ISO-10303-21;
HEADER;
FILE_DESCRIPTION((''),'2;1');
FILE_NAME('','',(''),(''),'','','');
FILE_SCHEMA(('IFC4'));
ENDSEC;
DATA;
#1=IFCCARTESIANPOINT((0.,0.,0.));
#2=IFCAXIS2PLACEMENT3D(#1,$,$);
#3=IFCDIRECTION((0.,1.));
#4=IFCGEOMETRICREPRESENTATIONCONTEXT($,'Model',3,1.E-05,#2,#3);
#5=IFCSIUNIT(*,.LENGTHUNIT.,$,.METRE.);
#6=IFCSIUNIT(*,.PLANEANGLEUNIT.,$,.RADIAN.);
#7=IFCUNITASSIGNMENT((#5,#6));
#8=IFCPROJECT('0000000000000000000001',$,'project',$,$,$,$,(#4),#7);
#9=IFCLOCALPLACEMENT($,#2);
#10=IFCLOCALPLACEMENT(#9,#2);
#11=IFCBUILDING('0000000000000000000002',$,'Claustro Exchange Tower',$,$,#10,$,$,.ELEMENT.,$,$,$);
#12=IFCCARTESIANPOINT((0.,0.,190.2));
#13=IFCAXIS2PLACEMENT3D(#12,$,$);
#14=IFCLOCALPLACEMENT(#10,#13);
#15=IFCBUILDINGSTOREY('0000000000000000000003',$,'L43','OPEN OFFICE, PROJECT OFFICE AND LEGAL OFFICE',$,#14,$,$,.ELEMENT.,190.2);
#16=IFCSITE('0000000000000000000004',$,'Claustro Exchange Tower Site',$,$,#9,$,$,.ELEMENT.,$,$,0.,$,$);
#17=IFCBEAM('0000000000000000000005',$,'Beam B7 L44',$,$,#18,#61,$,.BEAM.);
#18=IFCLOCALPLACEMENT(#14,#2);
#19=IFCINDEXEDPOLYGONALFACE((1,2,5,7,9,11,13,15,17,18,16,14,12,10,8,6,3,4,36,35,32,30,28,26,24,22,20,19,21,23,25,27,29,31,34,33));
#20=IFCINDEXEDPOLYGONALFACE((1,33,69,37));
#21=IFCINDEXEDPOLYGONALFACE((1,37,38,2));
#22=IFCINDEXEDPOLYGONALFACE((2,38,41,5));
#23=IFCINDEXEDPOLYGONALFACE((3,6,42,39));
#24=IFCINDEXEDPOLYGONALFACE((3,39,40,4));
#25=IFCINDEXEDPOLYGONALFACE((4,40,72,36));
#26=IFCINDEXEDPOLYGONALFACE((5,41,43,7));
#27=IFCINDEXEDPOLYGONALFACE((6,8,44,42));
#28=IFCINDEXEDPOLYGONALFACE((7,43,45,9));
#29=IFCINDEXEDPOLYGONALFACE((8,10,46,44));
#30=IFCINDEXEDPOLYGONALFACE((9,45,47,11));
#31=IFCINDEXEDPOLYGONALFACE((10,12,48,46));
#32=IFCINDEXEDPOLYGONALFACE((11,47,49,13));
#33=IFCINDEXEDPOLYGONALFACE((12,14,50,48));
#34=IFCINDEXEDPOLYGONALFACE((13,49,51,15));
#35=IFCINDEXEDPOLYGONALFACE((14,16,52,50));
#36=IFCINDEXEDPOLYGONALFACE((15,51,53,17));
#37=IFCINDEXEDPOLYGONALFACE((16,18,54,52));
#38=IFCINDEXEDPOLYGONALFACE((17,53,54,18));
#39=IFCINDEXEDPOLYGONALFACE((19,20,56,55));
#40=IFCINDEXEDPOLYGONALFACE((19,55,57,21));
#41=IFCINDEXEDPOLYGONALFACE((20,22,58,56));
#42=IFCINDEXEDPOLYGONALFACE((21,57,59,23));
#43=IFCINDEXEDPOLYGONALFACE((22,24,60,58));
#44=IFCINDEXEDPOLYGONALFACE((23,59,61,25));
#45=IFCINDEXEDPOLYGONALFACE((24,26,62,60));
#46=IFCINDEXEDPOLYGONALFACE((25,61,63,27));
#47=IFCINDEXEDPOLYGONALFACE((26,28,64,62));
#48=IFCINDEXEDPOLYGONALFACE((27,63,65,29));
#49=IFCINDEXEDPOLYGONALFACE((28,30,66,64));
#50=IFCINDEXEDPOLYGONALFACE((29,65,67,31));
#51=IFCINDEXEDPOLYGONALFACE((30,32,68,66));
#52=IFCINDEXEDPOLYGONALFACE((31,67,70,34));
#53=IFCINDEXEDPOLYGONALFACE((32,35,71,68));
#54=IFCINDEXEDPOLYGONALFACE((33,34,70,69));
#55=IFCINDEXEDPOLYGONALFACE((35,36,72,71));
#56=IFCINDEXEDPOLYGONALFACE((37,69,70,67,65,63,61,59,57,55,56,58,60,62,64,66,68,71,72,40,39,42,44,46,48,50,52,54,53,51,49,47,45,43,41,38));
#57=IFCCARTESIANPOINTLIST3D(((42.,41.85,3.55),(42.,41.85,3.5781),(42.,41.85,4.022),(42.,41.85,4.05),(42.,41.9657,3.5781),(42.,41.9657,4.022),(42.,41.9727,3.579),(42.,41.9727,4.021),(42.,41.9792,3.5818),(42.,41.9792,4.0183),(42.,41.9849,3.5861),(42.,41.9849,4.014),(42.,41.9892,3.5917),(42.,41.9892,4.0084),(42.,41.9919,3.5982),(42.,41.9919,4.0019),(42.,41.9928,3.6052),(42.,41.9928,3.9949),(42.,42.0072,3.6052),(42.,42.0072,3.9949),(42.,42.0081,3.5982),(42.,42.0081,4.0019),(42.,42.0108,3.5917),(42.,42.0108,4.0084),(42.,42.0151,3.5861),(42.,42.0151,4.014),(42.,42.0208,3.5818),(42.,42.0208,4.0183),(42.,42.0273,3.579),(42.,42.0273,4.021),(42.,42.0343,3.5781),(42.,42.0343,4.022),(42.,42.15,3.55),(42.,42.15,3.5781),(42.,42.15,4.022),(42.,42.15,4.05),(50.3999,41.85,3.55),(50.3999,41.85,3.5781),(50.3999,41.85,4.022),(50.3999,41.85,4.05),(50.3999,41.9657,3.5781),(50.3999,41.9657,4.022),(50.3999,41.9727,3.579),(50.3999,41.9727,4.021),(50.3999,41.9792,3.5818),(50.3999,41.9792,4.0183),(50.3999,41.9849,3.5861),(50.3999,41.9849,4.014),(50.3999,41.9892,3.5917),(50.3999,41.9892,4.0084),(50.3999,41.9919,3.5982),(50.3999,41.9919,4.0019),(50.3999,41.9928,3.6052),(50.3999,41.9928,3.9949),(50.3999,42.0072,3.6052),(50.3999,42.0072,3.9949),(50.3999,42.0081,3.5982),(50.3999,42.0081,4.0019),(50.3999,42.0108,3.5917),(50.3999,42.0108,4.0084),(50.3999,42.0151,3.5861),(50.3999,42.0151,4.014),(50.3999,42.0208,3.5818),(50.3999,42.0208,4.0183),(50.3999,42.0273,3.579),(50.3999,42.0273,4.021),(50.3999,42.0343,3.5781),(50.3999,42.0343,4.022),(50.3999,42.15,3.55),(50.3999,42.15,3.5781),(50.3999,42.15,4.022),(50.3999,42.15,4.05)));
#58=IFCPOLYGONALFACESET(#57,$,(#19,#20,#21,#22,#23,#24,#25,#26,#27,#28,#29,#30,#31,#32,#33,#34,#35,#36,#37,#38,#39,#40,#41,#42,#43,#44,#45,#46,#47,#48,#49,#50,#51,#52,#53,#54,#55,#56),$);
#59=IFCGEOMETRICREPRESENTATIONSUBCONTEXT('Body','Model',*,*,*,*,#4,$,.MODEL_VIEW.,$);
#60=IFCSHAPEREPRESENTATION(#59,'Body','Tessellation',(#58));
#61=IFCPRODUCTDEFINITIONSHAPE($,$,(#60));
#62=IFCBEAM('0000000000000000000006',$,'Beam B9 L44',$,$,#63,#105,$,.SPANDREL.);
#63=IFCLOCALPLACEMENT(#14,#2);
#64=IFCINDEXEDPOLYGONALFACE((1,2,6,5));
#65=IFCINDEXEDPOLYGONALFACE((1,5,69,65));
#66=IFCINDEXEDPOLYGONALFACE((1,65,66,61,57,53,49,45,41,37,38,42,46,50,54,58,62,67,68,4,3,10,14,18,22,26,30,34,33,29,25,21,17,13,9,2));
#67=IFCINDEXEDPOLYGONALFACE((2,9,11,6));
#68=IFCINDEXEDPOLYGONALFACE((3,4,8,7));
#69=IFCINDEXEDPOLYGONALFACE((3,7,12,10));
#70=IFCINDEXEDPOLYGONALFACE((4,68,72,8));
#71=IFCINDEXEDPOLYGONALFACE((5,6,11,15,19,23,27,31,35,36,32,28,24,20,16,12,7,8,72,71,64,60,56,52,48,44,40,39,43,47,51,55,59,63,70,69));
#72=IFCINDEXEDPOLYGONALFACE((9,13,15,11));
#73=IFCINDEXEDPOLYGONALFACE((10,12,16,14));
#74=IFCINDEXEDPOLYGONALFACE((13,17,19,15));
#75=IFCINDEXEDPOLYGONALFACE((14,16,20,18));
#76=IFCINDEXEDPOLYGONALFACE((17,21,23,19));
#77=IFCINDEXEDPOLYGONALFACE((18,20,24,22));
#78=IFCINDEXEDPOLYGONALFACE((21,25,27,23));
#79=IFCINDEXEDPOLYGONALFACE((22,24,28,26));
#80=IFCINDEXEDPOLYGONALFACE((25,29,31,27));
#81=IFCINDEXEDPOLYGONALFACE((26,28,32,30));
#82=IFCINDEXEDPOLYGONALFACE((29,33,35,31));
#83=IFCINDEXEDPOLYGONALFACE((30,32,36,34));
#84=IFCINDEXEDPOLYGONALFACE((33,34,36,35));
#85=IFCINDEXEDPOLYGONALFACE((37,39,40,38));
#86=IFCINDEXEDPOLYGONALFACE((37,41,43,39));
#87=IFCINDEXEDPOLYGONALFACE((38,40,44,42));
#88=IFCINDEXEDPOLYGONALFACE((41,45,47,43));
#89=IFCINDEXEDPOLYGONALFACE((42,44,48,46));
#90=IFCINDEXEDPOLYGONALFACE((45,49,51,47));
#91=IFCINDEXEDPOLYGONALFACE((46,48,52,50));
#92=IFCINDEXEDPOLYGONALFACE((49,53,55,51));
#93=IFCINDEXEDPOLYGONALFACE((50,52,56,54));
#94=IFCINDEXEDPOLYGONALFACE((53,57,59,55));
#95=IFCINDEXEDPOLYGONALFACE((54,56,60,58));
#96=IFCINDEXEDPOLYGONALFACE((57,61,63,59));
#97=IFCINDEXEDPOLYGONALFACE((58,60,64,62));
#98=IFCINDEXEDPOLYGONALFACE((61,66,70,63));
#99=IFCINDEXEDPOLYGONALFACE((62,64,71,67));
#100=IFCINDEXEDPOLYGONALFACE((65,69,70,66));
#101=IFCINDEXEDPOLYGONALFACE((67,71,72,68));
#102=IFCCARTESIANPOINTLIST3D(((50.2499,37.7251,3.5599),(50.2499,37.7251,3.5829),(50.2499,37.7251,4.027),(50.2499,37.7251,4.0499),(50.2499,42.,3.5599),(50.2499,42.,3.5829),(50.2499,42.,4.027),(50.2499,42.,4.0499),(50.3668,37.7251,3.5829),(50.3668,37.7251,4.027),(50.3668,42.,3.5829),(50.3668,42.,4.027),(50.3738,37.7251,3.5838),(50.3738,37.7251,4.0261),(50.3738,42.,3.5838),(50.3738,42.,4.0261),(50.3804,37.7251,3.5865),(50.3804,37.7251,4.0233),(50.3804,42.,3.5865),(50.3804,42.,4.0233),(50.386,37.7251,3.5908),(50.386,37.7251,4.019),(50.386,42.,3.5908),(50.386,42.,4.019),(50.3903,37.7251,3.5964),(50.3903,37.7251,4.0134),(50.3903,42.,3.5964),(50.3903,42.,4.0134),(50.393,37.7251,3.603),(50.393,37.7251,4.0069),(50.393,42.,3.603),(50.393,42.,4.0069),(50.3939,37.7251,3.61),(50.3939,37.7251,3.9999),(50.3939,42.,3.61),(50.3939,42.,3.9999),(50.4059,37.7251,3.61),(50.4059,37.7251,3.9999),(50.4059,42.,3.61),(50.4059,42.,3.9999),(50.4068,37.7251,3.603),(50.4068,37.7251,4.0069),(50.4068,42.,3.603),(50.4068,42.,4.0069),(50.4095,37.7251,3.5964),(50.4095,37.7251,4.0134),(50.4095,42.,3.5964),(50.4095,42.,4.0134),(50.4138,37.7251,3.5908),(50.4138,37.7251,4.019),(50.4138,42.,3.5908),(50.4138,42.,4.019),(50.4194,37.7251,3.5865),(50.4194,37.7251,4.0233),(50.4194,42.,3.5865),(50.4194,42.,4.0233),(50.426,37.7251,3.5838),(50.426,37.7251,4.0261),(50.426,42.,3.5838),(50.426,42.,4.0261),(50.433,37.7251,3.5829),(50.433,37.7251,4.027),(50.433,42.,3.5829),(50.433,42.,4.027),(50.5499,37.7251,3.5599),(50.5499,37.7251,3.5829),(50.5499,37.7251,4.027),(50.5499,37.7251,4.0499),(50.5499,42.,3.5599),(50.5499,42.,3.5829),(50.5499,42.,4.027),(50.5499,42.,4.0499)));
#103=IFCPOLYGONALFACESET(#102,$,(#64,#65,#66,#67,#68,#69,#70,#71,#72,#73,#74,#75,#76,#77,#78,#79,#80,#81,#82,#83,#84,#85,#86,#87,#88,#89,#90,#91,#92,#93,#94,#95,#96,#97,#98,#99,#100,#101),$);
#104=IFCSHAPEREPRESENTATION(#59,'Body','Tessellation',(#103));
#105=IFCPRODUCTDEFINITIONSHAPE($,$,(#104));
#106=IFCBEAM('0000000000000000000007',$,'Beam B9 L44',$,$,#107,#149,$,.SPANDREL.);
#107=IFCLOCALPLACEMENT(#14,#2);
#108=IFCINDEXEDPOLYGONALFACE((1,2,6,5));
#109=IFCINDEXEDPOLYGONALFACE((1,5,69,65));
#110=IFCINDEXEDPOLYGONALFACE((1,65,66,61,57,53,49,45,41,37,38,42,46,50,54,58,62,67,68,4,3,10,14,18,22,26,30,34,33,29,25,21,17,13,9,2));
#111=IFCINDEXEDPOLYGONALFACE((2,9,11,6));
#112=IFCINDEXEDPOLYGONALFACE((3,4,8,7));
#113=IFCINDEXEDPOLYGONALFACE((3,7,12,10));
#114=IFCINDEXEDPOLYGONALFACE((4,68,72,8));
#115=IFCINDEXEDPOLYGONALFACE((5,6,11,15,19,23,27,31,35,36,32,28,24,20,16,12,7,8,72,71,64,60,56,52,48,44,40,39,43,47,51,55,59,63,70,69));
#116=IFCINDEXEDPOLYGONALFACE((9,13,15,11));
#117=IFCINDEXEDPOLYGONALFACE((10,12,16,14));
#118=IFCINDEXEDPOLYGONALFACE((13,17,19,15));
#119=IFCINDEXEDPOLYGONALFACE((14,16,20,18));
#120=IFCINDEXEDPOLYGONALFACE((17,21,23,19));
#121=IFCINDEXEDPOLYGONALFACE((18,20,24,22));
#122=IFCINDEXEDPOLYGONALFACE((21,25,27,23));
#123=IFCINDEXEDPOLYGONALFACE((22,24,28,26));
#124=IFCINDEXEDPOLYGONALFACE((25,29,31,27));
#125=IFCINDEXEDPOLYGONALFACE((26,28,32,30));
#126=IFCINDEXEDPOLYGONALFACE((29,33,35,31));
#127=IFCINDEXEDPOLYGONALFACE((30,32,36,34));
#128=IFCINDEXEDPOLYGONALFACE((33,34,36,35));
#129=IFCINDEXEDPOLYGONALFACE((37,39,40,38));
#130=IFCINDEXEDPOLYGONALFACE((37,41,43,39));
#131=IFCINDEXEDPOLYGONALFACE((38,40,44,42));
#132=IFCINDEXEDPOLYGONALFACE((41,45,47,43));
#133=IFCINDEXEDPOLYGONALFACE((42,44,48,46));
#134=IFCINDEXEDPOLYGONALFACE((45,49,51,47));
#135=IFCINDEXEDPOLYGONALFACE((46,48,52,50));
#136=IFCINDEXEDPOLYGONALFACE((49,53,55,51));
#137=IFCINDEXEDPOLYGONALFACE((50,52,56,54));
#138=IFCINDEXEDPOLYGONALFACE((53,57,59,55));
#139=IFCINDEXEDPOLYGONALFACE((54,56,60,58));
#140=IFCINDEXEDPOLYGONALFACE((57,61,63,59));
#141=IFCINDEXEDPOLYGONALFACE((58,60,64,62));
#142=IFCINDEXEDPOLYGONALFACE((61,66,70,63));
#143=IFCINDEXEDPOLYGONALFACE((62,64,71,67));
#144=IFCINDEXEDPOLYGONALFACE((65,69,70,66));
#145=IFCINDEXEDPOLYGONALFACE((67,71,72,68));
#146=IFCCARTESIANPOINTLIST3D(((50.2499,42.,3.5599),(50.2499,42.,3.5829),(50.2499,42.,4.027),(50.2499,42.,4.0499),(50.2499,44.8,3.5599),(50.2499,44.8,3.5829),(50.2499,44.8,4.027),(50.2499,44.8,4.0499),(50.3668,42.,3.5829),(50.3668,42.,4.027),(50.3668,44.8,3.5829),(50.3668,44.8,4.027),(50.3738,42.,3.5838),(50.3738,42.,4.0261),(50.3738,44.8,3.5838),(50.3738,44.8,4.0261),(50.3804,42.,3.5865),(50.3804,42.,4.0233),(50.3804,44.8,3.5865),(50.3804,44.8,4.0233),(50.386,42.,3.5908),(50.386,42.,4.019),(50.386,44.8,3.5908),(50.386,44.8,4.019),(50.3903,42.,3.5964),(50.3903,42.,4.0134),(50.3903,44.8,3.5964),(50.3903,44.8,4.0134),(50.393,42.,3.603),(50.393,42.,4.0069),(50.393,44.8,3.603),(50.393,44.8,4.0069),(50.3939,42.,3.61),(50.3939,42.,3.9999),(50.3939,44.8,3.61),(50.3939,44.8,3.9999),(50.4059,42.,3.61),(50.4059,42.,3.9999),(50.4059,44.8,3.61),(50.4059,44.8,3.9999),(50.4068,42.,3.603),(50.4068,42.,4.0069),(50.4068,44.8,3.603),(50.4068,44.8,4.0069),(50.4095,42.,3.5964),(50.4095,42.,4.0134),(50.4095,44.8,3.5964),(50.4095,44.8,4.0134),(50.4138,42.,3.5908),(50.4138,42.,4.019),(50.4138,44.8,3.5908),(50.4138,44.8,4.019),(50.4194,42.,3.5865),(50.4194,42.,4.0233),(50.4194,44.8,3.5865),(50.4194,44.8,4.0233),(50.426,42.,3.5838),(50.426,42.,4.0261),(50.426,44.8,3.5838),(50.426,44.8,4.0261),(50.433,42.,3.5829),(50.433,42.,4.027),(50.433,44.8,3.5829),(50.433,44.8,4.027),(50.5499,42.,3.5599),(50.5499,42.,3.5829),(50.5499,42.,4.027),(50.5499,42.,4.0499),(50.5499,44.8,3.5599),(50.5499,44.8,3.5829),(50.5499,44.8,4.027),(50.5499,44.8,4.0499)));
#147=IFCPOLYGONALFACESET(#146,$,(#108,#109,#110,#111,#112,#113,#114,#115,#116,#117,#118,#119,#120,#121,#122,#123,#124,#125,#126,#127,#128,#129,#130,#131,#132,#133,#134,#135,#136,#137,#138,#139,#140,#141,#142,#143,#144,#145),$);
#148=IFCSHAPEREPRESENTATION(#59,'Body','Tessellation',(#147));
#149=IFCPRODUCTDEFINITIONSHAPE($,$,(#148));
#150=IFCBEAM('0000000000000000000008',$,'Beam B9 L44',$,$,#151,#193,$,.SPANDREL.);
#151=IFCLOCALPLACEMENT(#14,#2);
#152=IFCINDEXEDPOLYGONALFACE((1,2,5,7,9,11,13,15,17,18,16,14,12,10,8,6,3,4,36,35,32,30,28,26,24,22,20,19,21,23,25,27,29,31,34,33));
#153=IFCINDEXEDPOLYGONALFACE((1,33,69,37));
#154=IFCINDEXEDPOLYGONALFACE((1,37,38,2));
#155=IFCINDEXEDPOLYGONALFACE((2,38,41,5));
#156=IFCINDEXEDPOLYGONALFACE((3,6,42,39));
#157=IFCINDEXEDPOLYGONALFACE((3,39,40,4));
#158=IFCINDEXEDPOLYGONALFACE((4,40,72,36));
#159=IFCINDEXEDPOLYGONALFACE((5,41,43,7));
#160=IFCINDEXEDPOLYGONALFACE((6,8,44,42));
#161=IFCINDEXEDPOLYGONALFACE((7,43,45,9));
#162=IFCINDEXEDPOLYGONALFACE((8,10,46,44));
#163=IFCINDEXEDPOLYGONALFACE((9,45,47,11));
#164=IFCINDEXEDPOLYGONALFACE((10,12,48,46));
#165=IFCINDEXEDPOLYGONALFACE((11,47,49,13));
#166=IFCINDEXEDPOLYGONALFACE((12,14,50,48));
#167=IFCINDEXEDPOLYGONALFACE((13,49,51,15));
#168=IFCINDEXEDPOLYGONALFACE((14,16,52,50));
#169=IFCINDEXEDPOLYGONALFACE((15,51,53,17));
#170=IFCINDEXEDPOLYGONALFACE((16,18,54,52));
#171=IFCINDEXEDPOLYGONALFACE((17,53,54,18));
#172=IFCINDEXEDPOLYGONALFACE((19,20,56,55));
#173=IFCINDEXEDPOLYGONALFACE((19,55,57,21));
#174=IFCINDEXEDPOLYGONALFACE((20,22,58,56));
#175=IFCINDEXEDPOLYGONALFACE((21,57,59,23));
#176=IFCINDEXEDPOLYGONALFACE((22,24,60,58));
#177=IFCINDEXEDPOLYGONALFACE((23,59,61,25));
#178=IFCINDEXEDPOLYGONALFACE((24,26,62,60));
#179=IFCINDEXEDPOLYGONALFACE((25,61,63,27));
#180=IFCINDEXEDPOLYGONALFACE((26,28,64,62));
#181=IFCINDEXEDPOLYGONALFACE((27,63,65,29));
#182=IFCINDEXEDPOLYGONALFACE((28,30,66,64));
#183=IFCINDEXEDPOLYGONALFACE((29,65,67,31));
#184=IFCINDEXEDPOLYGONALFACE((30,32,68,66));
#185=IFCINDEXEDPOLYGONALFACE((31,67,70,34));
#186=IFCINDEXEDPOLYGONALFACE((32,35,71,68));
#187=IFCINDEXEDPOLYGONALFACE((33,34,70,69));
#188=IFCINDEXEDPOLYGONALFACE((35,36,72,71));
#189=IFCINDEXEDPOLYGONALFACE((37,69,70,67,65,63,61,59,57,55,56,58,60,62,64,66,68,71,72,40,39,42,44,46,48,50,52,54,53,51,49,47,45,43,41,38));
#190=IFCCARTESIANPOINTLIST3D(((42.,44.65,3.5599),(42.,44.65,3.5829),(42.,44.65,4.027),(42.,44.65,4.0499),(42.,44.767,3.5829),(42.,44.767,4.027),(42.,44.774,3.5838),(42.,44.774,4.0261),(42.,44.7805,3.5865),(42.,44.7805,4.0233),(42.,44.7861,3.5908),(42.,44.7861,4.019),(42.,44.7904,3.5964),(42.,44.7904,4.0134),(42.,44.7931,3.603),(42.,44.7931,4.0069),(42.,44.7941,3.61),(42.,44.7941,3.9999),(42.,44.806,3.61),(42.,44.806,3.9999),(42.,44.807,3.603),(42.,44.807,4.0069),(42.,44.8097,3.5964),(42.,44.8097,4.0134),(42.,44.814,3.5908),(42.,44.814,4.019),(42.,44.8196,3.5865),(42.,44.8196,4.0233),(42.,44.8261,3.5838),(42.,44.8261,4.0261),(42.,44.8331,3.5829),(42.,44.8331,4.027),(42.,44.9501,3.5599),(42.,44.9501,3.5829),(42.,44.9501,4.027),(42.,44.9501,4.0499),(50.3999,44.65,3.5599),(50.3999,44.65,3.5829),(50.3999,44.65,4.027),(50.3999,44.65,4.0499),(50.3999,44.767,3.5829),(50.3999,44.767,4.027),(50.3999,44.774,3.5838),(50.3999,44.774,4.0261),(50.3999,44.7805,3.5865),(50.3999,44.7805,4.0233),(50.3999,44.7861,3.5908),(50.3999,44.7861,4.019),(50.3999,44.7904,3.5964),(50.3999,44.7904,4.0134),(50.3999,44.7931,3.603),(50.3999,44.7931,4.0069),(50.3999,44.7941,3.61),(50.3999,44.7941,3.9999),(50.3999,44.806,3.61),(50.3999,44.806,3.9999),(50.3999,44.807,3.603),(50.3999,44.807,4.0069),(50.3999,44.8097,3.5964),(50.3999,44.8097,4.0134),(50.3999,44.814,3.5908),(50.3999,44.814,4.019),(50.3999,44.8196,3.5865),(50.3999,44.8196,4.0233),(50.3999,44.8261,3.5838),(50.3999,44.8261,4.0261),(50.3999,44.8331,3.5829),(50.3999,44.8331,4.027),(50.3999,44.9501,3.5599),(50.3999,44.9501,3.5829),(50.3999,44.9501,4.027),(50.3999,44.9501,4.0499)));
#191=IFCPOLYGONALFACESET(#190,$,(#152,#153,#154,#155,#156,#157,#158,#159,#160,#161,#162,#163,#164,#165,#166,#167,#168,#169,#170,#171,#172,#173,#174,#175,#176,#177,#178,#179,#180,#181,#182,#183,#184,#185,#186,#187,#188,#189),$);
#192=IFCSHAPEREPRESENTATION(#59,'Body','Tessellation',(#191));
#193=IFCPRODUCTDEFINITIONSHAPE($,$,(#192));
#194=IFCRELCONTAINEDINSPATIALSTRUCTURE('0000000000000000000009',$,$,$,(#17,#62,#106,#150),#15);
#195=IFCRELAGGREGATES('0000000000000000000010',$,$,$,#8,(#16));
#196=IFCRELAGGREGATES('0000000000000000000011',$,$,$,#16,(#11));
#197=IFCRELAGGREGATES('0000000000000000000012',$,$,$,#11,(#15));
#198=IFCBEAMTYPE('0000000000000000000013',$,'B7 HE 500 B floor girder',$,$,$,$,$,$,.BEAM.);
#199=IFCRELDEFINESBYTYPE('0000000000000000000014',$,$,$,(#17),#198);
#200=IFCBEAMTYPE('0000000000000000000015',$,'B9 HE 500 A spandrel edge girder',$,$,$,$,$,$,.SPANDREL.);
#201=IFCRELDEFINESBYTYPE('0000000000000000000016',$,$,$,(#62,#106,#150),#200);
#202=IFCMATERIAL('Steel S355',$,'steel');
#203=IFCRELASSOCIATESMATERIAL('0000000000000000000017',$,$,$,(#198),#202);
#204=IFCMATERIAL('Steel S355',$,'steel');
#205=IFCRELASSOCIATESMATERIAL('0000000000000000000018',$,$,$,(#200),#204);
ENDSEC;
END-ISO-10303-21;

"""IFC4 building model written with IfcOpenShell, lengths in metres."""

from ifc_helpers import new_model, si_unit, direction, frame, origin, origin_2d, place, context, subcontext, project, spatial, i_section, extrude, material, material_profile, profile_set, type_object, element, save


model = new_model("IFC4")

# Units and contexts
model_context = context("Model", 3, precision=1e-05, world=origin(), true_north=direction((0.0, 1.0)))
body_context = subcontext(model_context, "Body", "Model", "MODEL_VIEW")
ifc_project = project(units=[si_unit("LENGTHUNIT", "METRE"), si_unit("PLANEANGLEUNIT", "RADIAN")], contexts=[model_context])

# Site, building, storey
site_placement = place(None, origin())
site = spatial("IfcSite", under=ifc_project, at=site_placement, Name="Claustro Exchange Tower Site", CompositionType="ELEMENT", RefElevation=0.0)
building_placement = place(site_placement, origin())
building = spatial("IfcBuilding", under=site, at=building_placement, Name="Claustro Exchange Tower", CompositionType="ELEMENT")
storey_placement = place(building_placement, frame((0.0, 0.0, 190.2)))
storey = spatial("IfcBuildingStorey", under=building, at=storey_placement, Name="L43", Description="OPEN OFFICE, PROJECT OFFICE AND LEGAL OFFICE", CompositionType="ELEMENT", Elevation=190.2)

# Beams
ifc_material_1 = material(Name="Steel S355", Category="steel")
ifc_material_profile_1 = material_profile(ifc_material_1, i_section(OverallWidth=0.3, OverallDepth=0.5, WebThickness=0.0144, FlangeThickness=0.0281, FilletRadius=0.0271, at=origin_2d()), Name="HE 500 B")
ifc_profile_set_1 = profile_set([ifc_material_profile_1], Name="Steel S355")
beam_type_1 = type_object("IfcBeamType", Name="B7 HE 500 B floor girder", PredefinedType="BEAM", material=ifc_profile_set_1)
beam_1_placement = place(storey_placement, frame((42.0, 42.0, 3.8), z_axis=(1.0, 0.0, 0.0), x_axis=(0.0, 1.0, 0.0)))
element("IfcBeam", 1, at=beam_1_placement, inside=storey, type_object=beam_type_1, Name="Beam B7 L44", PredefinedType="BEAM", context=body_context, shape_type="SweptSolid", body=[
    extrude(i_section(OverallWidth=0.3, OverallDepth=0.5, WebThickness=0.0144, FlangeThickness=0.0281, FilletRadius=0.0271, at=origin_2d()), origin(), (0.0, 0.0, 1.0), 8.3999),
])
ifc_material_2 = material(Name="Steel S355", Category="steel")
ifc_material_profile_2 = material_profile(ifc_material_2, i_section(OverallWidth=0.3, OverallDepth=0.49, WebThickness=0.012, FlangeThickness=0.0229, FilletRadius=0.0271, at=origin_2d()), Name="HE 500 A")
ifc_profile_set_2 = profile_set([ifc_material_profile_2], Name="Steel S355")
beam_type_2 = type_object("IfcBeamType", Name="B9 HE 500 A spandrel edge girder", PredefinedType="SPANDREL", material=ifc_profile_set_2)
beam_2_placement = place(storey_placement, frame((50.3999, 37.7251, 3.8049), z_axis=(0.0, 1.0, 0.0), x_axis=(-1.0, 0.0, 0.0)))
element("IfcBeam", 2, at=beam_2_placement, inside=storey, type_object=beam_type_2, Name="Beam B9 L44", PredefinedType="SPANDREL", context=body_context, shape_type="SweptSolid", body=[
    extrude(i_section(OverallWidth=0.3, OverallDepth=0.49, WebThickness=0.012, FlangeThickness=0.0229, FilletRadius=0.0271, at=origin_2d()), origin(), (0.0, 0.0, 1.0), 4.2749),
])
beam_3_placement = place(storey_placement, frame((50.3999, 42.0, 3.8049), z_axis=(0.0, 1.0, 0.0), x_axis=(-1.0, 0.0, 0.0)))
element("IfcBeam", 3, at=beam_3_placement, inside=storey, type_object=beam_type_2, Name="Beam B9 L44", PredefinedType="SPANDREL", context=body_context, shape_type="SweptSolid", body=[
    extrude(i_section(OverallWidth=0.3, OverallDepth=0.49, WebThickness=0.012, FlangeThickness=0.0229, FilletRadius=0.0271, at=origin_2d()), origin(), (0.0, 0.0, 1.0), 2.8),
])
beam_4_placement = place(storey_placement, frame((42.0, 44.8, 3.8049), z_axis=(1.0, 0.0, 0.0), x_axis=(0.0, 1.0, 0.0)))
element("IfcBeam", 4, at=beam_4_placement, inside=storey, type_object=beam_type_2, Name="Beam B9 L44", PredefinedType="SPANDREL", context=body_context, shape_type="SweptSolid", body=[
    extrude(i_section(OverallWidth=0.3, OverallDepth=0.49, WebThickness=0.012, FlangeThickness=0.0229, FilletRadius=0.0271, at=origin_2d()), origin(), (0.0, 0.0, 1.0), 8.3999),
])

save(model, "model.ifc")
